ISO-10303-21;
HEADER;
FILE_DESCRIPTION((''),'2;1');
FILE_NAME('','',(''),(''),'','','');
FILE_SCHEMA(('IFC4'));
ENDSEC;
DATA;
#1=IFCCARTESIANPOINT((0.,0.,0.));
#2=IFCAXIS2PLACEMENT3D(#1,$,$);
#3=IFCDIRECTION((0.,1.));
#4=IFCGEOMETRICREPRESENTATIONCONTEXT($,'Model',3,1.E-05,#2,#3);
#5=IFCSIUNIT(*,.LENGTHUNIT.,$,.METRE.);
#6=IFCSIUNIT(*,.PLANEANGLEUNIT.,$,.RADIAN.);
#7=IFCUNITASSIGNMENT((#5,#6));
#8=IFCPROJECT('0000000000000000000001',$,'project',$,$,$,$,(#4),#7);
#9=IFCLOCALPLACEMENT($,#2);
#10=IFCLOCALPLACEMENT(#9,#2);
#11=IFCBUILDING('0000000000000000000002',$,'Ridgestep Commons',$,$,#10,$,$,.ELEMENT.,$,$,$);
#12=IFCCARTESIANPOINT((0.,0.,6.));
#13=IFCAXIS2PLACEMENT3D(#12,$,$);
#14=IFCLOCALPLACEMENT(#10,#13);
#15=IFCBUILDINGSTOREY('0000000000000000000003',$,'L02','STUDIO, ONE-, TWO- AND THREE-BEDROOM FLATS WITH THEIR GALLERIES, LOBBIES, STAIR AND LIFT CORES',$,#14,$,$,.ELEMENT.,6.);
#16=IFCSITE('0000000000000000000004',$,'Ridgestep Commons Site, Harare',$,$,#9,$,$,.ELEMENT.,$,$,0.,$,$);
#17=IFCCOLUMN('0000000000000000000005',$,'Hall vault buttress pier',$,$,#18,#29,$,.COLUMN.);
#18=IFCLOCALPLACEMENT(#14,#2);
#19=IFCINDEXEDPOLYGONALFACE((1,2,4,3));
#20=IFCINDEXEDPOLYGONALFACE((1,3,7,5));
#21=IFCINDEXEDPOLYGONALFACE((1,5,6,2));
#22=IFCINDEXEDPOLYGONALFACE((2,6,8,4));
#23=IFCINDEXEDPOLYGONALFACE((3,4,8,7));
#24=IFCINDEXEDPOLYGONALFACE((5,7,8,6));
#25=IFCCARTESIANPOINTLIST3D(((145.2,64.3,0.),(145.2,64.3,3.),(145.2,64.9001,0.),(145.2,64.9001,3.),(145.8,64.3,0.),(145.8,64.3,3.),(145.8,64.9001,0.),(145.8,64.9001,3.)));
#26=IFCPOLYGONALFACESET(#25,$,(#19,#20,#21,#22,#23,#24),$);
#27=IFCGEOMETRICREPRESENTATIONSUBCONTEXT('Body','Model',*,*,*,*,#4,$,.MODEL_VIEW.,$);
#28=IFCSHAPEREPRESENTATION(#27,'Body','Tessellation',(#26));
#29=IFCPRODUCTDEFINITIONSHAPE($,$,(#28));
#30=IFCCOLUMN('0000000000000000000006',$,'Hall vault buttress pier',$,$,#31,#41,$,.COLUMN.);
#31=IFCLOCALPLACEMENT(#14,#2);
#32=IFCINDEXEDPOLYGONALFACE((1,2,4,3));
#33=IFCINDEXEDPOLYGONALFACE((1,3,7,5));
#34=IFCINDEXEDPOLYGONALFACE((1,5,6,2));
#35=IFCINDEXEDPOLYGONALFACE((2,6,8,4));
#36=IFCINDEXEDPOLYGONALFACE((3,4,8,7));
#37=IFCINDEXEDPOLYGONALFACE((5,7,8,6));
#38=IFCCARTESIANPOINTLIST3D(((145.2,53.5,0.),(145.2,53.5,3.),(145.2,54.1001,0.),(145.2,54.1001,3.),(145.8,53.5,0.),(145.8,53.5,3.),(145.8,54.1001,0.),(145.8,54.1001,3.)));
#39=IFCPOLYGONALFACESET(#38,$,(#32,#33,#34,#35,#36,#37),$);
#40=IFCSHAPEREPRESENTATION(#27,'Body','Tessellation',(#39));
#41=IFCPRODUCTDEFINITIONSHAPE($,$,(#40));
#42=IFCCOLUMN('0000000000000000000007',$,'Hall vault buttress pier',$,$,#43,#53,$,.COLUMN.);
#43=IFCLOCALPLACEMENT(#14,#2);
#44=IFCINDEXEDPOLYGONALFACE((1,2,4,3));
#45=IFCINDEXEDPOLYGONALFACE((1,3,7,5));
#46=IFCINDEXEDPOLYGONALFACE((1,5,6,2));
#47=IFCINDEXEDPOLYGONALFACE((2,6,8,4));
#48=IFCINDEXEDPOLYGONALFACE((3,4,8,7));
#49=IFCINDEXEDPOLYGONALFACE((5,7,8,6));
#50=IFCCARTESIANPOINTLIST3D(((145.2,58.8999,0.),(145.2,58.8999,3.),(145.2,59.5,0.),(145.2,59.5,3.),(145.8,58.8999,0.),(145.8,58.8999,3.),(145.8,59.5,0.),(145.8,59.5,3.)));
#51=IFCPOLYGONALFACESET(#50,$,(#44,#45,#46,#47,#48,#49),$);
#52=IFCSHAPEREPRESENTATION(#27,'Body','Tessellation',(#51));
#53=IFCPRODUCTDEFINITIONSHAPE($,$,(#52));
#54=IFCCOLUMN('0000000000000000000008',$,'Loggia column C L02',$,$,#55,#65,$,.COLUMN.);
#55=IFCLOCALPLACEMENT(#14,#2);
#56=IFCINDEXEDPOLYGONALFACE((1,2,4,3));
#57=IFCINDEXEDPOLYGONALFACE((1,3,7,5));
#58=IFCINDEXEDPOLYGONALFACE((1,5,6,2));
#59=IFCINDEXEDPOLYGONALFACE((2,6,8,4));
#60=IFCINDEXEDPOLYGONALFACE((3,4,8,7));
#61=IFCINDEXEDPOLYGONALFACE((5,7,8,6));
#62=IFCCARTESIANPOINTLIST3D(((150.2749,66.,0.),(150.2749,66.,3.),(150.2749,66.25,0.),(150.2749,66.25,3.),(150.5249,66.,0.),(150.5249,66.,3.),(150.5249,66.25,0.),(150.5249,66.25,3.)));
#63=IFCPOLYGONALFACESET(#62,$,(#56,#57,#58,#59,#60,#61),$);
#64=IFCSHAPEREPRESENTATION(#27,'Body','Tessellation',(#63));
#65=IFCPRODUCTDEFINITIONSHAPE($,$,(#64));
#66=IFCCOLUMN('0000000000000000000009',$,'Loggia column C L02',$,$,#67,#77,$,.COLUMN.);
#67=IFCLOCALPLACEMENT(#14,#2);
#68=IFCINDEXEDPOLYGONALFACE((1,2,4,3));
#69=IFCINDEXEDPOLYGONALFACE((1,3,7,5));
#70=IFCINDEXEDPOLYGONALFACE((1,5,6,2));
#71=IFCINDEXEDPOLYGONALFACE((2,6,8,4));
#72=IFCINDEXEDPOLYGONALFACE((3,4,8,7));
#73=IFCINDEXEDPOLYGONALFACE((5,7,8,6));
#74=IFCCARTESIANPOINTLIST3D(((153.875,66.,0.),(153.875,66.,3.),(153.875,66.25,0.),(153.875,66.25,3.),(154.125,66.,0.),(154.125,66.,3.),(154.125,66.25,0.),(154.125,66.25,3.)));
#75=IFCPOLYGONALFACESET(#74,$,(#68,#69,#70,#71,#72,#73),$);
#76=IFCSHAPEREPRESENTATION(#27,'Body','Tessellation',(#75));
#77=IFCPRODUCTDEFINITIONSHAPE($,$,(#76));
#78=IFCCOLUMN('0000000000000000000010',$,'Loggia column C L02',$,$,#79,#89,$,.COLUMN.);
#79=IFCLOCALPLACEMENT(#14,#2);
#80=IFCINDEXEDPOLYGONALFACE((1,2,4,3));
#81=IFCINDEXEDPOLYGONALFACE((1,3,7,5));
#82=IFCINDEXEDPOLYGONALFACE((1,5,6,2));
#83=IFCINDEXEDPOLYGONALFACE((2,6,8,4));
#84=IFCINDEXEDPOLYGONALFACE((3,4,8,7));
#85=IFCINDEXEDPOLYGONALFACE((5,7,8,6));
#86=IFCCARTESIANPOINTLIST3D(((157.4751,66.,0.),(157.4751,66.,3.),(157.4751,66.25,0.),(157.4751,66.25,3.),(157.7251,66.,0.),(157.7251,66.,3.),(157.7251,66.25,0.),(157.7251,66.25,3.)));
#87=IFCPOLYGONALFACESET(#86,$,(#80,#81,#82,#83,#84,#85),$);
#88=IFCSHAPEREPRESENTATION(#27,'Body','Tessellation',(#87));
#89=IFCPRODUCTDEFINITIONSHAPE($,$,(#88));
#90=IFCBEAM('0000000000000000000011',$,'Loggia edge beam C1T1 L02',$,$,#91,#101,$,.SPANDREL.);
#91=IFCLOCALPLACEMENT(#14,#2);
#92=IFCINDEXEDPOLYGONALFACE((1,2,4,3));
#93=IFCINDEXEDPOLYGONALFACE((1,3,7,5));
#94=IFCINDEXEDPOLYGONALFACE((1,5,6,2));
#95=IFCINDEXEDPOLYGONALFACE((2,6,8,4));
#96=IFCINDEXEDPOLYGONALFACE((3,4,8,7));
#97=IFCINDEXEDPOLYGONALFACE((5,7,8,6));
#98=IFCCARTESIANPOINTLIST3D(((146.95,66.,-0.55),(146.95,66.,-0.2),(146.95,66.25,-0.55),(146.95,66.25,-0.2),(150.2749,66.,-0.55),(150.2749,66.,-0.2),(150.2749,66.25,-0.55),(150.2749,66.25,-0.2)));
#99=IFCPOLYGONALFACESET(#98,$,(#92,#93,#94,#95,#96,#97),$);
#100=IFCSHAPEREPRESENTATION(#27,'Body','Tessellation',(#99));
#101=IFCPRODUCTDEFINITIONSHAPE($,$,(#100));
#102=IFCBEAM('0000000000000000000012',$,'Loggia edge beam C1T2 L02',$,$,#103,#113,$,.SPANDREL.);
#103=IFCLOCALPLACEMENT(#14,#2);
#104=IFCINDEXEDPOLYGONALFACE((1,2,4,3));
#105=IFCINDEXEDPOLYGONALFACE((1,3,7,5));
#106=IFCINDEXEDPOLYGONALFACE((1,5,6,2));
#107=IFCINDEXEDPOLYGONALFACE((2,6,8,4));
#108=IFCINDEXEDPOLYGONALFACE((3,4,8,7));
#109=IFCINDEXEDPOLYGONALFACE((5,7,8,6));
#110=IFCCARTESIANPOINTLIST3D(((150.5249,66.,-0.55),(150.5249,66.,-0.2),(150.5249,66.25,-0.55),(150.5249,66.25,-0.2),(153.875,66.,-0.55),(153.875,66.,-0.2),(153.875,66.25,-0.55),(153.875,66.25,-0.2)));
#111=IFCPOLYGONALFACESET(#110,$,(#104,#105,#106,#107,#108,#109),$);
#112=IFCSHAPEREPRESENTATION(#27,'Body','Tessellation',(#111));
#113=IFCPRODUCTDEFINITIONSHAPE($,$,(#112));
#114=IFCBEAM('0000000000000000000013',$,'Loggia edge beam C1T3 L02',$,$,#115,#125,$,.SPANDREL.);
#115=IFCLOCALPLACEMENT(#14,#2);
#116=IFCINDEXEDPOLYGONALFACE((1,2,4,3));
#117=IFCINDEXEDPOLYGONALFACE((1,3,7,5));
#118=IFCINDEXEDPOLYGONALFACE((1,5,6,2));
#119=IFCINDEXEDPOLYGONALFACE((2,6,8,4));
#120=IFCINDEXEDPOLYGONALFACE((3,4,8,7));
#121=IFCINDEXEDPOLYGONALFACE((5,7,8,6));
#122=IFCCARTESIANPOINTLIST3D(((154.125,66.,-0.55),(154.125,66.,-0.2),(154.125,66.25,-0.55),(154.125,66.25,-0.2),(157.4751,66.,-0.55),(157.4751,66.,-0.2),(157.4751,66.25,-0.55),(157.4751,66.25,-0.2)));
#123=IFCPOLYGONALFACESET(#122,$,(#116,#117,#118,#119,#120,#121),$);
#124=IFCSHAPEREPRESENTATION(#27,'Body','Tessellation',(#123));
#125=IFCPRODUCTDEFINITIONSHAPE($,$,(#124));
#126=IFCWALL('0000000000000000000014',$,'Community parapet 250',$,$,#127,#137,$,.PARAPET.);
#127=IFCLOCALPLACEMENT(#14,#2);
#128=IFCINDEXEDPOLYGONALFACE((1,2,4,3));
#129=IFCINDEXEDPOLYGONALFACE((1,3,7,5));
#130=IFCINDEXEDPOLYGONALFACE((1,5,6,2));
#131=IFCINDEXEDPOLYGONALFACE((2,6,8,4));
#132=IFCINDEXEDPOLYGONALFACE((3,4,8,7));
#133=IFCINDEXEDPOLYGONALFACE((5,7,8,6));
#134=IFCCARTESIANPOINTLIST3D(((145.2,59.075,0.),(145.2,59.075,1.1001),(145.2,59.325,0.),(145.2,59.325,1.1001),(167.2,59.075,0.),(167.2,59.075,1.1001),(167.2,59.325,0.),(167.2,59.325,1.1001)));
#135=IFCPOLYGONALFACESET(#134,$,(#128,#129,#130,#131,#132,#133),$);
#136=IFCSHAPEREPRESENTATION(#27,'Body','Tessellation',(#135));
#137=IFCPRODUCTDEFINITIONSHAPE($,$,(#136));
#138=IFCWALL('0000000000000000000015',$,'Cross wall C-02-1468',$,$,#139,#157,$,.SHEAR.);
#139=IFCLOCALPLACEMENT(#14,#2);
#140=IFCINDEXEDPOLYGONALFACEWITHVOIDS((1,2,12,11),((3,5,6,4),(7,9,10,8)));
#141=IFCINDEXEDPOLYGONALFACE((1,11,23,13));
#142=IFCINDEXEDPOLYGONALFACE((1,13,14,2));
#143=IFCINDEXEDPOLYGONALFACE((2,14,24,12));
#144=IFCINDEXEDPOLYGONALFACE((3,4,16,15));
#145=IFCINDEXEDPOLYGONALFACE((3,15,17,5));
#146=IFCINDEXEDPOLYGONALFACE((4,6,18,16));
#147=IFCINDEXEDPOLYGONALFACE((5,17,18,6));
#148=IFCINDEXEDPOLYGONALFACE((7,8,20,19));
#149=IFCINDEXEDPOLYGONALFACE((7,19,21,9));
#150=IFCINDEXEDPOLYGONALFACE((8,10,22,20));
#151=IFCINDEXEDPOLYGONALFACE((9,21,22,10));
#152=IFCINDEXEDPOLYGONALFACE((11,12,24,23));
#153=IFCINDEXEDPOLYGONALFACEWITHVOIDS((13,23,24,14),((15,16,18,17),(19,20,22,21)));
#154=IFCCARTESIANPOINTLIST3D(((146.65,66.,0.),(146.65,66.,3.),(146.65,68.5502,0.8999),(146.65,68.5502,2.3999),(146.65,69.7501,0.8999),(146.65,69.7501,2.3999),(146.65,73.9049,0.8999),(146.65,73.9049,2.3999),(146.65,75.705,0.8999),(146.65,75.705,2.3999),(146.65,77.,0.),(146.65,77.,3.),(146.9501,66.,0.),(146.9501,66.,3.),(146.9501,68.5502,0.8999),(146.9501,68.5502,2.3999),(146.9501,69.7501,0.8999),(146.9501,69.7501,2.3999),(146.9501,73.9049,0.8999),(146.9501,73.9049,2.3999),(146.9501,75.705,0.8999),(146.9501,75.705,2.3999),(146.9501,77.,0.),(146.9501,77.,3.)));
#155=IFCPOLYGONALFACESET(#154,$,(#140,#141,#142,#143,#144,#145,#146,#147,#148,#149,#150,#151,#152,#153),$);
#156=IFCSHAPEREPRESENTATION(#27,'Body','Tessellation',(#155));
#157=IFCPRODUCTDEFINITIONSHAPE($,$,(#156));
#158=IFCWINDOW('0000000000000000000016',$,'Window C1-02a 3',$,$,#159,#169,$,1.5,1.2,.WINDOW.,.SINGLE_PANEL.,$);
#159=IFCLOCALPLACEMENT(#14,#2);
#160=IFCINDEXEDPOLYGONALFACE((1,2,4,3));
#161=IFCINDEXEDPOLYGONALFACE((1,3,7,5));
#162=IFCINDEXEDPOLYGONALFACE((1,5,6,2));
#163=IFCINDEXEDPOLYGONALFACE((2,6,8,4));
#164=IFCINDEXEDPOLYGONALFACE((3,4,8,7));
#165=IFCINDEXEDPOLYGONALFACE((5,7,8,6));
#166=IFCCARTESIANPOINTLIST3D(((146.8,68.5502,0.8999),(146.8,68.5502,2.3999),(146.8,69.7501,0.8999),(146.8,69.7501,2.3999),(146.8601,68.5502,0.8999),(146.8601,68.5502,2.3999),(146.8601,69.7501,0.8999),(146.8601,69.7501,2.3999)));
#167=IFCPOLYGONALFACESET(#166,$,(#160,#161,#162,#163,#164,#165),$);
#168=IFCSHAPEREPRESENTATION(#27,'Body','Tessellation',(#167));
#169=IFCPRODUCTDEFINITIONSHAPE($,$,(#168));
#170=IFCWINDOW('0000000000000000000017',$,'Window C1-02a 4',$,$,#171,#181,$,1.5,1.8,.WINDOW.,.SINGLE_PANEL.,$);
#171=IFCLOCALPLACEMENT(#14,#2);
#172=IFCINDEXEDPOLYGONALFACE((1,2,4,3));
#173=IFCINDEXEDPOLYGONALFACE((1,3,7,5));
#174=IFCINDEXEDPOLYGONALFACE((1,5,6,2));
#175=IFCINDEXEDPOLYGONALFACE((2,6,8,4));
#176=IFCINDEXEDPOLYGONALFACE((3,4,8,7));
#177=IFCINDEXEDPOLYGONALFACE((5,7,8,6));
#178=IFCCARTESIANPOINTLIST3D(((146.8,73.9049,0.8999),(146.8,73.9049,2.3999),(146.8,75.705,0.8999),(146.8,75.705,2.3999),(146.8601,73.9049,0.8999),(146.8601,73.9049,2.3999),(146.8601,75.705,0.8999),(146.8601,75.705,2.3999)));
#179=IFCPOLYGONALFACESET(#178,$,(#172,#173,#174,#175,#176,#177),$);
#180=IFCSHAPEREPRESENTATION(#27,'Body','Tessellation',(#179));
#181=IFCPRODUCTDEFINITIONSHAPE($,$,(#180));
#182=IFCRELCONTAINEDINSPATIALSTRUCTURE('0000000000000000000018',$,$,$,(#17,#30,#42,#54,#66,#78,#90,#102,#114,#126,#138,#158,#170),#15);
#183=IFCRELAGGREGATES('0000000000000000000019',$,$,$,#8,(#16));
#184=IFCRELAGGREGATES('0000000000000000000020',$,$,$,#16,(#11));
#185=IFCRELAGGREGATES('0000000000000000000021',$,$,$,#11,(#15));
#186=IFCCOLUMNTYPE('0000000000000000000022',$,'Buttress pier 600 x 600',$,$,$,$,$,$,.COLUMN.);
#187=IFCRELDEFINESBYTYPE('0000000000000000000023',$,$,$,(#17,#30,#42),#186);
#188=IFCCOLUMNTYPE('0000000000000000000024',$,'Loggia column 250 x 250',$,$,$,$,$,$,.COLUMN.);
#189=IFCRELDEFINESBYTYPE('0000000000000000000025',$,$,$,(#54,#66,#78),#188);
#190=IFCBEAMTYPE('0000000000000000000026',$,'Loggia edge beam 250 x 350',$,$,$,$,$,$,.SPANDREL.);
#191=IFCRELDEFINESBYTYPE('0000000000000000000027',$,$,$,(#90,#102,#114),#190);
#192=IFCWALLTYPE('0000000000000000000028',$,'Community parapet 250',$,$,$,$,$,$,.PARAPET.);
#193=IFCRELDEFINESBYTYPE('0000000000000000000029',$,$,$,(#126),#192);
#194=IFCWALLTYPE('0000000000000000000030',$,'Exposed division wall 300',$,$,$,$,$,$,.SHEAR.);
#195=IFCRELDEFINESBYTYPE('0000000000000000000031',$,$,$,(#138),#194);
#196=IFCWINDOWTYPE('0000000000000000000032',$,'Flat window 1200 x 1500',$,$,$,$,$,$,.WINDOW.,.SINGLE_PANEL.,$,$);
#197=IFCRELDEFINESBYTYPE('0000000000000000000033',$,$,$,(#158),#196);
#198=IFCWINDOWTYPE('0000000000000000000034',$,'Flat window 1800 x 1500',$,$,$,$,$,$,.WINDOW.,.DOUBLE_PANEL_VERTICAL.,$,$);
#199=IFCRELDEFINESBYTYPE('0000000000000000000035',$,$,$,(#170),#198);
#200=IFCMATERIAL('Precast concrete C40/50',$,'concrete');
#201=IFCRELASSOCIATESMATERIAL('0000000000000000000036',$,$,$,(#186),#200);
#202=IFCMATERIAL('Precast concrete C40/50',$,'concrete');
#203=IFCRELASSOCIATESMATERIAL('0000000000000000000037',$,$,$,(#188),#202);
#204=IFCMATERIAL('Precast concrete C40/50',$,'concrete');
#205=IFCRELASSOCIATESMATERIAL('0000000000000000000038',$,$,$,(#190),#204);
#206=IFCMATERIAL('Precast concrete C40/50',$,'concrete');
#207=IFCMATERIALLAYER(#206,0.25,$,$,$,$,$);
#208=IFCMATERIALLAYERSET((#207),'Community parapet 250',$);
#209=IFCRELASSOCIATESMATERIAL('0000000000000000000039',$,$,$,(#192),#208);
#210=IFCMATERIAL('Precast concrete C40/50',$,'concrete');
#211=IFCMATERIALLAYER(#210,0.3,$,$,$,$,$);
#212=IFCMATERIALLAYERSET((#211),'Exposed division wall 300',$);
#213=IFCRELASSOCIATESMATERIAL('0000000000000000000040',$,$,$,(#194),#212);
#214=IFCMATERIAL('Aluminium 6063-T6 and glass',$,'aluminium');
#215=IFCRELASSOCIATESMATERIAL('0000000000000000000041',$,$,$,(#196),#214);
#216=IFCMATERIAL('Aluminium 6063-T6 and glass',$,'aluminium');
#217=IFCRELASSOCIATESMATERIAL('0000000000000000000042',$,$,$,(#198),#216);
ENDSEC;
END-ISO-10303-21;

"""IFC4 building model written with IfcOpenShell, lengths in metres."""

from ifc_helpers import new_model, si_unit, direction, frame, frame_2d, origin, origin_2d, place, context, subcontext, project, spatial, rectangle, extrude, material, layer, layer_set, material_profile, profile_set, type_object, element, fill, save


model = new_model("IFC4")

# Units and contexts
model_context = context("Model", 3, precision=1e-05, world=origin(), true_north=direction((0.0, 1.0)))
body_context = subcontext(model_context, "Body", "Model", "MODEL_VIEW")
ifc_project = project(units=[si_unit("LENGTHUNIT", "METRE"), si_unit("PLANEANGLEUNIT", "RADIAN")], contexts=[model_context])

# Site, building, storey
site_placement = place(None, origin())
site = spatial("IfcSite", under=ifc_project, at=site_placement, Name="Ridgestep Commons Site, Harare", CompositionType="ELEMENT", RefElevation=0.0)
building_placement = place(site_placement, origin())
building = spatial("IfcBuilding", under=site, at=building_placement, Name="Ridgestep Commons", CompositionType="ELEMENT")
storey_placement = place(building_placement, frame((0.0, 0.0, 6.0)))
storey = spatial("IfcBuildingStorey", under=building, at=storey_placement, Name="L02", Description="STUDIO, ONE-, TWO- AND THREE-BEDROOM FLATS WITH THEIR GALLERIES, LOBBIES, STAIR AND LIFT CORES", CompositionType="ELEMENT", Elevation=6.0)

# Columns
ifc_material_1 = material(Name="Precast concrete C40/50", Category="concrete")
ifc_material_profile_1 = material_profile(ifc_material_1, rectangle(XDim=0.6001, YDim=0.6001, at=origin_2d()), Name="Buttress pier 600 x 600")
ifc_profile_set_1 = profile_set([ifc_material_profile_1], Name="Precast concrete C40/50")
column_type_1 = type_object("IfcColumnType", Name="Buttress pier 600 x 600", PredefinedType="COLUMN", material=ifc_profile_set_1)
for number, where, z_axis, x_axis, name in (
    (1, (145.5, 64.6001, 0.0), (0.0, 0.0, 1.0), (1.0, 0.0, 0.0), "Hall vault buttress pier"),
    (2, (145.5, 53.8, 0.0), (0.0, 0.0, 1.0), (1.0, 0.0, 0.0), "Hall vault buttress pier"),
    (3, (145.5, 59.2, 0.0), (0.0, 0.0, 1.0), (1.0, 0.0, 0.0), "Hall vault buttress pier"),
):
    element("IfcColumn", number, at=place(storey_placement, frame(where, z_axis=z_axis, x_axis=x_axis)), inside=storey, type_object=column_type_1, Name=name, PredefinedType="COLUMN", context=body_context, shape_type="SweptSolid", body=[
        extrude(rectangle(XDim=0.6001, YDim=0.6001, at=origin_2d()), origin(), (0.0, 0.0, 1.0), 3.0),
    ])
ifc_material_2 = material(Name="Precast concrete C40/50", Category="concrete")
ifc_material_profile_2 = material_profile(ifc_material_2, rectangle(XDim=0.25, YDim=0.25, at=origin_2d()), Name="PC 250x250")
ifc_profile_set_2 = profile_set([ifc_material_profile_2], Name="Precast concrete C40/50")
column_type_2 = type_object("IfcColumnType", Name="Loggia column 250 x 250", PredefinedType="COLUMN", material=ifc_profile_set_2)
for number, where, z_axis, x_axis, name in (
    (4, (150.3999, 66.125, 0.0), (0.0, 0.0, 1.0), (1.0, 0.0, 0.0), "Loggia column C L02"),
    (5, (154.0, 66.125, 0.0), (0.0, 0.0, 1.0), (1.0, 0.0, 0.0), "Loggia column C L02"),
    (6, (157.6001, 66.125, 0.0), (0.0, 0.0, 1.0), (1.0, 0.0, 0.0), "Loggia column C L02"),
):
    element("IfcColumn", number, at=place(storey_placement, frame(where, z_axis=z_axis, x_axis=x_axis)), inside=storey, type_object=column_type_2, Name=name, PredefinedType="COLUMN", context=body_context, shape_type="SweptSolid", body=[
        extrude(rectangle(XDim=0.25, YDim=0.25, at=origin_2d()), origin(), (0.0, 0.0, 1.0), 3.0),
    ])

# Beams
ifc_material_3 = material(Name="Precast concrete C40/50", Category="concrete")
ifc_material_profile_3 = material_profile(ifc_material_3, rectangle(XDim=0.25, YDim=0.3501, at=origin_2d()), Name="PC 250x350")
ifc_profile_set_3 = profile_set([ifc_material_profile_3], Name="Precast concrete C40/50")
beam_type = type_object("IfcBeamType", Name="Loggia edge beam 250 x 350", PredefinedType="SPANDREL", material=ifc_profile_set_3)
beam_placement = place(storey_placement, frame((146.95, 66.125, -0.375), z_axis=(1.0, 0.0, 0.0), x_axis=(0.0, 1.0, 0.0)))
element("IfcBeam", 7, at=beam_placement, inside=storey, type_object=beam_type, Name="Loggia edge beam C1T1 L02", PredefinedType="SPANDREL", context=body_context, shape_type="SweptSolid", body=[
    extrude(rectangle(XDim=0.25, YDim=0.3501, at=origin_2d()), origin(), (0.0, 0.0, 1.0), 3.325),
])
for number, where, z_axis, x_axis, name in (
    (8, (150.5249, 66.125, -0.375), (1.0, 0.0, 0.0), (0.0, 1.0, 0.0), "Loggia edge beam C1T2 L02"),
    (9, (154.125, 66.125, -0.375), (1.0, 0.0, 0.0), (0.0, 1.0, 0.0), "Loggia edge beam C1T3 L02"),
):
    element("IfcBeam", number, at=place(storey_placement, frame(where, z_axis=z_axis, x_axis=x_axis)), inside=storey, type_object=beam_type, Name=name, PredefinedType="SPANDREL", context=body_context, shape_type="SweptSolid", body=[
        extrude(rectangle(XDim=0.25, YDim=0.3501, at=origin_2d()), origin(), (0.0, 0.0, 1.0), 3.3501),
    ])

# Wall
ifc_material_4 = material(Name="Precast concrete C40/50", Category="concrete")
ifc_layer_1 = layer(ifc_material_4, 0.25)
ifc_layer_set_1 = layer_set([ifc_layer_1], Name="Community parapet 250")
wall_type_1 = type_object("IfcWallType", Name="Community parapet 250", PredefinedType="PARAPET", material=ifc_layer_set_1)
wall_1_placement = place(storey_placement, frame((145.2, 59.2, 0.0), z_axis=(0.0, 0.0, 1.0), x_axis=(1.0, 0.0, 0.0)))
element("IfcWall", 10, at=wall_1_placement, inside=storey, type_object=wall_type_1, Name="Community parapet 250", PredefinedType="PARAPET", context=body_context, shape_type="SweptSolid", body=[
    extrude(rectangle(XDim=22.0, YDim=0.25, at=frame_2d((11.0, 0.0))), origin(), (0.0, 0.0, 1.0), 1.1001),
])

# Wall, openings, windows
ifc_material_5 = material(Name="Precast concrete C40/50", Category="concrete")
ifc_layer_2 = layer(ifc_material_5, 0.3)
ifc_layer_set_2 = layer_set([ifc_layer_2], Name="Exposed division wall 300")
wall_type_2 = type_object("IfcWallType", Name="Exposed division wall 300", PredefinedType="SHEAR", material=ifc_layer_set_2)
wall_2_placement = place(storey_placement, frame((146.8, 66.0, 0.0), z_axis=(0.0, 0.0, 1.0), x_axis=(0.0, 1.0, 0.0)))
wall_2 = element("IfcWall", 11, at=wall_2_placement, inside=storey, type_object=wall_type_2, Name="Cross wall C-02-1468", PredefinedType="SHEAR", context=body_context, shape_type="SweptSolid", body=[
    extrude(rectangle(XDim=11.0, YDim=0.3, at=frame_2d((5.5, 0.0))), origin(), (0.0, 0.0, 1.0), 3.0),
])
opening_1_placement = place(wall_2_placement, frame((2.55, 0.0, 0.8999)))
opening_1 = element("IfcOpeningElement", 12, at=opening_1_placement, cuts=wall_2, PredefinedType="OPENING", context=body_context, shape_type="SweptSolid", body=[
    extrude(rectangle(XDim=1.2, YDim=1.5, at=frame_2d((0.6001, 0.75))), frame((0.0, 0.1599, 0.0), z_axis=(0.0, -1.0, 0.0), x_axis=(1.0, 0.0, 0.0)), (0.0, 0.0, 1.0), 0.3201),
])
opening_2_placement = place(wall_2_placement, frame((7.905, 0.0, 0.8999)))
opening_2 = element("IfcOpeningElement", 13, at=opening_2_placement, cuts=wall_2, PredefinedType="OPENING", context=body_context, shape_type="SweptSolid", body=[
    extrude(rectangle(XDim=1.8, YDim=1.5, at=frame_2d((0.8999, 0.75))), frame((0.0, 0.1599, 0.0), z_axis=(0.0, -1.0, 0.0), x_axis=(1.0, 0.0, 0.0)), (0.0, 0.0, 1.0), 0.3201),
])
ifc_material_6 = material(Name="Aluminium 6063-T6 and glass", Category="aluminium")
window_type_1 = type_object("IfcWindowType", Name="Flat window 1200 x 1500", PartitioningType="SINGLE_PANEL", PredefinedType="WINDOW", material=ifc_material_6)
window_1_placement = place(opening_1_placement, origin())
window_1 = element("IfcWindow", 14, at=window_1_placement, inside=storey, type_object=window_type_1, Name="Window C1-02a 3", OverallHeight=1.5, OverallWidth=1.2, PartitioningType="SINGLE_PANEL", PredefinedType="WINDOW", context=body_context, shape_type="SweptSolid", body=[
    extrude(rectangle(XDim=1.2, YDim=1.5, at=frame_2d((0.6001, 0.75))), frame((0.0, 0.0, 0.0), z_axis=(0.0, -1.0, 0.0), x_axis=(1.0, 0.0, 0.0)), (0.0, 0.0, 1.0), 0.0601),
])
fill(opening_1, window_1)
ifc_material_7 = material(Name="Aluminium 6063-T6 and glass", Category="aluminium")
window_type_2 = type_object("IfcWindowType", Name="Flat window 1800 x 1500", PartitioningType="DOUBLE_PANEL_VERTICAL", PredefinedType="WINDOW", material=ifc_material_7)
window_2_placement = place(opening_2_placement, origin())
window_2 = element("IfcWindow", 15, at=window_2_placement, inside=storey, type_object=window_type_2, Name="Window C1-02a 4", OverallHeight=1.5, OverallWidth=1.8, PartitioningType="SINGLE_PANEL", PredefinedType="WINDOW", context=body_context, shape_type="SweptSolid", body=[
    extrude(rectangle(XDim=1.8, YDim=1.5, at=frame_2d((0.8999, 0.75))), frame((0.0, 0.0, 0.0), z_axis=(0.0, -1.0, 0.0), x_axis=(1.0, 0.0, 0.0)), (0.0, 0.0, 1.0), 0.0601),
])
fill(opening_2, window_2)

save(model, "model.ifc")
